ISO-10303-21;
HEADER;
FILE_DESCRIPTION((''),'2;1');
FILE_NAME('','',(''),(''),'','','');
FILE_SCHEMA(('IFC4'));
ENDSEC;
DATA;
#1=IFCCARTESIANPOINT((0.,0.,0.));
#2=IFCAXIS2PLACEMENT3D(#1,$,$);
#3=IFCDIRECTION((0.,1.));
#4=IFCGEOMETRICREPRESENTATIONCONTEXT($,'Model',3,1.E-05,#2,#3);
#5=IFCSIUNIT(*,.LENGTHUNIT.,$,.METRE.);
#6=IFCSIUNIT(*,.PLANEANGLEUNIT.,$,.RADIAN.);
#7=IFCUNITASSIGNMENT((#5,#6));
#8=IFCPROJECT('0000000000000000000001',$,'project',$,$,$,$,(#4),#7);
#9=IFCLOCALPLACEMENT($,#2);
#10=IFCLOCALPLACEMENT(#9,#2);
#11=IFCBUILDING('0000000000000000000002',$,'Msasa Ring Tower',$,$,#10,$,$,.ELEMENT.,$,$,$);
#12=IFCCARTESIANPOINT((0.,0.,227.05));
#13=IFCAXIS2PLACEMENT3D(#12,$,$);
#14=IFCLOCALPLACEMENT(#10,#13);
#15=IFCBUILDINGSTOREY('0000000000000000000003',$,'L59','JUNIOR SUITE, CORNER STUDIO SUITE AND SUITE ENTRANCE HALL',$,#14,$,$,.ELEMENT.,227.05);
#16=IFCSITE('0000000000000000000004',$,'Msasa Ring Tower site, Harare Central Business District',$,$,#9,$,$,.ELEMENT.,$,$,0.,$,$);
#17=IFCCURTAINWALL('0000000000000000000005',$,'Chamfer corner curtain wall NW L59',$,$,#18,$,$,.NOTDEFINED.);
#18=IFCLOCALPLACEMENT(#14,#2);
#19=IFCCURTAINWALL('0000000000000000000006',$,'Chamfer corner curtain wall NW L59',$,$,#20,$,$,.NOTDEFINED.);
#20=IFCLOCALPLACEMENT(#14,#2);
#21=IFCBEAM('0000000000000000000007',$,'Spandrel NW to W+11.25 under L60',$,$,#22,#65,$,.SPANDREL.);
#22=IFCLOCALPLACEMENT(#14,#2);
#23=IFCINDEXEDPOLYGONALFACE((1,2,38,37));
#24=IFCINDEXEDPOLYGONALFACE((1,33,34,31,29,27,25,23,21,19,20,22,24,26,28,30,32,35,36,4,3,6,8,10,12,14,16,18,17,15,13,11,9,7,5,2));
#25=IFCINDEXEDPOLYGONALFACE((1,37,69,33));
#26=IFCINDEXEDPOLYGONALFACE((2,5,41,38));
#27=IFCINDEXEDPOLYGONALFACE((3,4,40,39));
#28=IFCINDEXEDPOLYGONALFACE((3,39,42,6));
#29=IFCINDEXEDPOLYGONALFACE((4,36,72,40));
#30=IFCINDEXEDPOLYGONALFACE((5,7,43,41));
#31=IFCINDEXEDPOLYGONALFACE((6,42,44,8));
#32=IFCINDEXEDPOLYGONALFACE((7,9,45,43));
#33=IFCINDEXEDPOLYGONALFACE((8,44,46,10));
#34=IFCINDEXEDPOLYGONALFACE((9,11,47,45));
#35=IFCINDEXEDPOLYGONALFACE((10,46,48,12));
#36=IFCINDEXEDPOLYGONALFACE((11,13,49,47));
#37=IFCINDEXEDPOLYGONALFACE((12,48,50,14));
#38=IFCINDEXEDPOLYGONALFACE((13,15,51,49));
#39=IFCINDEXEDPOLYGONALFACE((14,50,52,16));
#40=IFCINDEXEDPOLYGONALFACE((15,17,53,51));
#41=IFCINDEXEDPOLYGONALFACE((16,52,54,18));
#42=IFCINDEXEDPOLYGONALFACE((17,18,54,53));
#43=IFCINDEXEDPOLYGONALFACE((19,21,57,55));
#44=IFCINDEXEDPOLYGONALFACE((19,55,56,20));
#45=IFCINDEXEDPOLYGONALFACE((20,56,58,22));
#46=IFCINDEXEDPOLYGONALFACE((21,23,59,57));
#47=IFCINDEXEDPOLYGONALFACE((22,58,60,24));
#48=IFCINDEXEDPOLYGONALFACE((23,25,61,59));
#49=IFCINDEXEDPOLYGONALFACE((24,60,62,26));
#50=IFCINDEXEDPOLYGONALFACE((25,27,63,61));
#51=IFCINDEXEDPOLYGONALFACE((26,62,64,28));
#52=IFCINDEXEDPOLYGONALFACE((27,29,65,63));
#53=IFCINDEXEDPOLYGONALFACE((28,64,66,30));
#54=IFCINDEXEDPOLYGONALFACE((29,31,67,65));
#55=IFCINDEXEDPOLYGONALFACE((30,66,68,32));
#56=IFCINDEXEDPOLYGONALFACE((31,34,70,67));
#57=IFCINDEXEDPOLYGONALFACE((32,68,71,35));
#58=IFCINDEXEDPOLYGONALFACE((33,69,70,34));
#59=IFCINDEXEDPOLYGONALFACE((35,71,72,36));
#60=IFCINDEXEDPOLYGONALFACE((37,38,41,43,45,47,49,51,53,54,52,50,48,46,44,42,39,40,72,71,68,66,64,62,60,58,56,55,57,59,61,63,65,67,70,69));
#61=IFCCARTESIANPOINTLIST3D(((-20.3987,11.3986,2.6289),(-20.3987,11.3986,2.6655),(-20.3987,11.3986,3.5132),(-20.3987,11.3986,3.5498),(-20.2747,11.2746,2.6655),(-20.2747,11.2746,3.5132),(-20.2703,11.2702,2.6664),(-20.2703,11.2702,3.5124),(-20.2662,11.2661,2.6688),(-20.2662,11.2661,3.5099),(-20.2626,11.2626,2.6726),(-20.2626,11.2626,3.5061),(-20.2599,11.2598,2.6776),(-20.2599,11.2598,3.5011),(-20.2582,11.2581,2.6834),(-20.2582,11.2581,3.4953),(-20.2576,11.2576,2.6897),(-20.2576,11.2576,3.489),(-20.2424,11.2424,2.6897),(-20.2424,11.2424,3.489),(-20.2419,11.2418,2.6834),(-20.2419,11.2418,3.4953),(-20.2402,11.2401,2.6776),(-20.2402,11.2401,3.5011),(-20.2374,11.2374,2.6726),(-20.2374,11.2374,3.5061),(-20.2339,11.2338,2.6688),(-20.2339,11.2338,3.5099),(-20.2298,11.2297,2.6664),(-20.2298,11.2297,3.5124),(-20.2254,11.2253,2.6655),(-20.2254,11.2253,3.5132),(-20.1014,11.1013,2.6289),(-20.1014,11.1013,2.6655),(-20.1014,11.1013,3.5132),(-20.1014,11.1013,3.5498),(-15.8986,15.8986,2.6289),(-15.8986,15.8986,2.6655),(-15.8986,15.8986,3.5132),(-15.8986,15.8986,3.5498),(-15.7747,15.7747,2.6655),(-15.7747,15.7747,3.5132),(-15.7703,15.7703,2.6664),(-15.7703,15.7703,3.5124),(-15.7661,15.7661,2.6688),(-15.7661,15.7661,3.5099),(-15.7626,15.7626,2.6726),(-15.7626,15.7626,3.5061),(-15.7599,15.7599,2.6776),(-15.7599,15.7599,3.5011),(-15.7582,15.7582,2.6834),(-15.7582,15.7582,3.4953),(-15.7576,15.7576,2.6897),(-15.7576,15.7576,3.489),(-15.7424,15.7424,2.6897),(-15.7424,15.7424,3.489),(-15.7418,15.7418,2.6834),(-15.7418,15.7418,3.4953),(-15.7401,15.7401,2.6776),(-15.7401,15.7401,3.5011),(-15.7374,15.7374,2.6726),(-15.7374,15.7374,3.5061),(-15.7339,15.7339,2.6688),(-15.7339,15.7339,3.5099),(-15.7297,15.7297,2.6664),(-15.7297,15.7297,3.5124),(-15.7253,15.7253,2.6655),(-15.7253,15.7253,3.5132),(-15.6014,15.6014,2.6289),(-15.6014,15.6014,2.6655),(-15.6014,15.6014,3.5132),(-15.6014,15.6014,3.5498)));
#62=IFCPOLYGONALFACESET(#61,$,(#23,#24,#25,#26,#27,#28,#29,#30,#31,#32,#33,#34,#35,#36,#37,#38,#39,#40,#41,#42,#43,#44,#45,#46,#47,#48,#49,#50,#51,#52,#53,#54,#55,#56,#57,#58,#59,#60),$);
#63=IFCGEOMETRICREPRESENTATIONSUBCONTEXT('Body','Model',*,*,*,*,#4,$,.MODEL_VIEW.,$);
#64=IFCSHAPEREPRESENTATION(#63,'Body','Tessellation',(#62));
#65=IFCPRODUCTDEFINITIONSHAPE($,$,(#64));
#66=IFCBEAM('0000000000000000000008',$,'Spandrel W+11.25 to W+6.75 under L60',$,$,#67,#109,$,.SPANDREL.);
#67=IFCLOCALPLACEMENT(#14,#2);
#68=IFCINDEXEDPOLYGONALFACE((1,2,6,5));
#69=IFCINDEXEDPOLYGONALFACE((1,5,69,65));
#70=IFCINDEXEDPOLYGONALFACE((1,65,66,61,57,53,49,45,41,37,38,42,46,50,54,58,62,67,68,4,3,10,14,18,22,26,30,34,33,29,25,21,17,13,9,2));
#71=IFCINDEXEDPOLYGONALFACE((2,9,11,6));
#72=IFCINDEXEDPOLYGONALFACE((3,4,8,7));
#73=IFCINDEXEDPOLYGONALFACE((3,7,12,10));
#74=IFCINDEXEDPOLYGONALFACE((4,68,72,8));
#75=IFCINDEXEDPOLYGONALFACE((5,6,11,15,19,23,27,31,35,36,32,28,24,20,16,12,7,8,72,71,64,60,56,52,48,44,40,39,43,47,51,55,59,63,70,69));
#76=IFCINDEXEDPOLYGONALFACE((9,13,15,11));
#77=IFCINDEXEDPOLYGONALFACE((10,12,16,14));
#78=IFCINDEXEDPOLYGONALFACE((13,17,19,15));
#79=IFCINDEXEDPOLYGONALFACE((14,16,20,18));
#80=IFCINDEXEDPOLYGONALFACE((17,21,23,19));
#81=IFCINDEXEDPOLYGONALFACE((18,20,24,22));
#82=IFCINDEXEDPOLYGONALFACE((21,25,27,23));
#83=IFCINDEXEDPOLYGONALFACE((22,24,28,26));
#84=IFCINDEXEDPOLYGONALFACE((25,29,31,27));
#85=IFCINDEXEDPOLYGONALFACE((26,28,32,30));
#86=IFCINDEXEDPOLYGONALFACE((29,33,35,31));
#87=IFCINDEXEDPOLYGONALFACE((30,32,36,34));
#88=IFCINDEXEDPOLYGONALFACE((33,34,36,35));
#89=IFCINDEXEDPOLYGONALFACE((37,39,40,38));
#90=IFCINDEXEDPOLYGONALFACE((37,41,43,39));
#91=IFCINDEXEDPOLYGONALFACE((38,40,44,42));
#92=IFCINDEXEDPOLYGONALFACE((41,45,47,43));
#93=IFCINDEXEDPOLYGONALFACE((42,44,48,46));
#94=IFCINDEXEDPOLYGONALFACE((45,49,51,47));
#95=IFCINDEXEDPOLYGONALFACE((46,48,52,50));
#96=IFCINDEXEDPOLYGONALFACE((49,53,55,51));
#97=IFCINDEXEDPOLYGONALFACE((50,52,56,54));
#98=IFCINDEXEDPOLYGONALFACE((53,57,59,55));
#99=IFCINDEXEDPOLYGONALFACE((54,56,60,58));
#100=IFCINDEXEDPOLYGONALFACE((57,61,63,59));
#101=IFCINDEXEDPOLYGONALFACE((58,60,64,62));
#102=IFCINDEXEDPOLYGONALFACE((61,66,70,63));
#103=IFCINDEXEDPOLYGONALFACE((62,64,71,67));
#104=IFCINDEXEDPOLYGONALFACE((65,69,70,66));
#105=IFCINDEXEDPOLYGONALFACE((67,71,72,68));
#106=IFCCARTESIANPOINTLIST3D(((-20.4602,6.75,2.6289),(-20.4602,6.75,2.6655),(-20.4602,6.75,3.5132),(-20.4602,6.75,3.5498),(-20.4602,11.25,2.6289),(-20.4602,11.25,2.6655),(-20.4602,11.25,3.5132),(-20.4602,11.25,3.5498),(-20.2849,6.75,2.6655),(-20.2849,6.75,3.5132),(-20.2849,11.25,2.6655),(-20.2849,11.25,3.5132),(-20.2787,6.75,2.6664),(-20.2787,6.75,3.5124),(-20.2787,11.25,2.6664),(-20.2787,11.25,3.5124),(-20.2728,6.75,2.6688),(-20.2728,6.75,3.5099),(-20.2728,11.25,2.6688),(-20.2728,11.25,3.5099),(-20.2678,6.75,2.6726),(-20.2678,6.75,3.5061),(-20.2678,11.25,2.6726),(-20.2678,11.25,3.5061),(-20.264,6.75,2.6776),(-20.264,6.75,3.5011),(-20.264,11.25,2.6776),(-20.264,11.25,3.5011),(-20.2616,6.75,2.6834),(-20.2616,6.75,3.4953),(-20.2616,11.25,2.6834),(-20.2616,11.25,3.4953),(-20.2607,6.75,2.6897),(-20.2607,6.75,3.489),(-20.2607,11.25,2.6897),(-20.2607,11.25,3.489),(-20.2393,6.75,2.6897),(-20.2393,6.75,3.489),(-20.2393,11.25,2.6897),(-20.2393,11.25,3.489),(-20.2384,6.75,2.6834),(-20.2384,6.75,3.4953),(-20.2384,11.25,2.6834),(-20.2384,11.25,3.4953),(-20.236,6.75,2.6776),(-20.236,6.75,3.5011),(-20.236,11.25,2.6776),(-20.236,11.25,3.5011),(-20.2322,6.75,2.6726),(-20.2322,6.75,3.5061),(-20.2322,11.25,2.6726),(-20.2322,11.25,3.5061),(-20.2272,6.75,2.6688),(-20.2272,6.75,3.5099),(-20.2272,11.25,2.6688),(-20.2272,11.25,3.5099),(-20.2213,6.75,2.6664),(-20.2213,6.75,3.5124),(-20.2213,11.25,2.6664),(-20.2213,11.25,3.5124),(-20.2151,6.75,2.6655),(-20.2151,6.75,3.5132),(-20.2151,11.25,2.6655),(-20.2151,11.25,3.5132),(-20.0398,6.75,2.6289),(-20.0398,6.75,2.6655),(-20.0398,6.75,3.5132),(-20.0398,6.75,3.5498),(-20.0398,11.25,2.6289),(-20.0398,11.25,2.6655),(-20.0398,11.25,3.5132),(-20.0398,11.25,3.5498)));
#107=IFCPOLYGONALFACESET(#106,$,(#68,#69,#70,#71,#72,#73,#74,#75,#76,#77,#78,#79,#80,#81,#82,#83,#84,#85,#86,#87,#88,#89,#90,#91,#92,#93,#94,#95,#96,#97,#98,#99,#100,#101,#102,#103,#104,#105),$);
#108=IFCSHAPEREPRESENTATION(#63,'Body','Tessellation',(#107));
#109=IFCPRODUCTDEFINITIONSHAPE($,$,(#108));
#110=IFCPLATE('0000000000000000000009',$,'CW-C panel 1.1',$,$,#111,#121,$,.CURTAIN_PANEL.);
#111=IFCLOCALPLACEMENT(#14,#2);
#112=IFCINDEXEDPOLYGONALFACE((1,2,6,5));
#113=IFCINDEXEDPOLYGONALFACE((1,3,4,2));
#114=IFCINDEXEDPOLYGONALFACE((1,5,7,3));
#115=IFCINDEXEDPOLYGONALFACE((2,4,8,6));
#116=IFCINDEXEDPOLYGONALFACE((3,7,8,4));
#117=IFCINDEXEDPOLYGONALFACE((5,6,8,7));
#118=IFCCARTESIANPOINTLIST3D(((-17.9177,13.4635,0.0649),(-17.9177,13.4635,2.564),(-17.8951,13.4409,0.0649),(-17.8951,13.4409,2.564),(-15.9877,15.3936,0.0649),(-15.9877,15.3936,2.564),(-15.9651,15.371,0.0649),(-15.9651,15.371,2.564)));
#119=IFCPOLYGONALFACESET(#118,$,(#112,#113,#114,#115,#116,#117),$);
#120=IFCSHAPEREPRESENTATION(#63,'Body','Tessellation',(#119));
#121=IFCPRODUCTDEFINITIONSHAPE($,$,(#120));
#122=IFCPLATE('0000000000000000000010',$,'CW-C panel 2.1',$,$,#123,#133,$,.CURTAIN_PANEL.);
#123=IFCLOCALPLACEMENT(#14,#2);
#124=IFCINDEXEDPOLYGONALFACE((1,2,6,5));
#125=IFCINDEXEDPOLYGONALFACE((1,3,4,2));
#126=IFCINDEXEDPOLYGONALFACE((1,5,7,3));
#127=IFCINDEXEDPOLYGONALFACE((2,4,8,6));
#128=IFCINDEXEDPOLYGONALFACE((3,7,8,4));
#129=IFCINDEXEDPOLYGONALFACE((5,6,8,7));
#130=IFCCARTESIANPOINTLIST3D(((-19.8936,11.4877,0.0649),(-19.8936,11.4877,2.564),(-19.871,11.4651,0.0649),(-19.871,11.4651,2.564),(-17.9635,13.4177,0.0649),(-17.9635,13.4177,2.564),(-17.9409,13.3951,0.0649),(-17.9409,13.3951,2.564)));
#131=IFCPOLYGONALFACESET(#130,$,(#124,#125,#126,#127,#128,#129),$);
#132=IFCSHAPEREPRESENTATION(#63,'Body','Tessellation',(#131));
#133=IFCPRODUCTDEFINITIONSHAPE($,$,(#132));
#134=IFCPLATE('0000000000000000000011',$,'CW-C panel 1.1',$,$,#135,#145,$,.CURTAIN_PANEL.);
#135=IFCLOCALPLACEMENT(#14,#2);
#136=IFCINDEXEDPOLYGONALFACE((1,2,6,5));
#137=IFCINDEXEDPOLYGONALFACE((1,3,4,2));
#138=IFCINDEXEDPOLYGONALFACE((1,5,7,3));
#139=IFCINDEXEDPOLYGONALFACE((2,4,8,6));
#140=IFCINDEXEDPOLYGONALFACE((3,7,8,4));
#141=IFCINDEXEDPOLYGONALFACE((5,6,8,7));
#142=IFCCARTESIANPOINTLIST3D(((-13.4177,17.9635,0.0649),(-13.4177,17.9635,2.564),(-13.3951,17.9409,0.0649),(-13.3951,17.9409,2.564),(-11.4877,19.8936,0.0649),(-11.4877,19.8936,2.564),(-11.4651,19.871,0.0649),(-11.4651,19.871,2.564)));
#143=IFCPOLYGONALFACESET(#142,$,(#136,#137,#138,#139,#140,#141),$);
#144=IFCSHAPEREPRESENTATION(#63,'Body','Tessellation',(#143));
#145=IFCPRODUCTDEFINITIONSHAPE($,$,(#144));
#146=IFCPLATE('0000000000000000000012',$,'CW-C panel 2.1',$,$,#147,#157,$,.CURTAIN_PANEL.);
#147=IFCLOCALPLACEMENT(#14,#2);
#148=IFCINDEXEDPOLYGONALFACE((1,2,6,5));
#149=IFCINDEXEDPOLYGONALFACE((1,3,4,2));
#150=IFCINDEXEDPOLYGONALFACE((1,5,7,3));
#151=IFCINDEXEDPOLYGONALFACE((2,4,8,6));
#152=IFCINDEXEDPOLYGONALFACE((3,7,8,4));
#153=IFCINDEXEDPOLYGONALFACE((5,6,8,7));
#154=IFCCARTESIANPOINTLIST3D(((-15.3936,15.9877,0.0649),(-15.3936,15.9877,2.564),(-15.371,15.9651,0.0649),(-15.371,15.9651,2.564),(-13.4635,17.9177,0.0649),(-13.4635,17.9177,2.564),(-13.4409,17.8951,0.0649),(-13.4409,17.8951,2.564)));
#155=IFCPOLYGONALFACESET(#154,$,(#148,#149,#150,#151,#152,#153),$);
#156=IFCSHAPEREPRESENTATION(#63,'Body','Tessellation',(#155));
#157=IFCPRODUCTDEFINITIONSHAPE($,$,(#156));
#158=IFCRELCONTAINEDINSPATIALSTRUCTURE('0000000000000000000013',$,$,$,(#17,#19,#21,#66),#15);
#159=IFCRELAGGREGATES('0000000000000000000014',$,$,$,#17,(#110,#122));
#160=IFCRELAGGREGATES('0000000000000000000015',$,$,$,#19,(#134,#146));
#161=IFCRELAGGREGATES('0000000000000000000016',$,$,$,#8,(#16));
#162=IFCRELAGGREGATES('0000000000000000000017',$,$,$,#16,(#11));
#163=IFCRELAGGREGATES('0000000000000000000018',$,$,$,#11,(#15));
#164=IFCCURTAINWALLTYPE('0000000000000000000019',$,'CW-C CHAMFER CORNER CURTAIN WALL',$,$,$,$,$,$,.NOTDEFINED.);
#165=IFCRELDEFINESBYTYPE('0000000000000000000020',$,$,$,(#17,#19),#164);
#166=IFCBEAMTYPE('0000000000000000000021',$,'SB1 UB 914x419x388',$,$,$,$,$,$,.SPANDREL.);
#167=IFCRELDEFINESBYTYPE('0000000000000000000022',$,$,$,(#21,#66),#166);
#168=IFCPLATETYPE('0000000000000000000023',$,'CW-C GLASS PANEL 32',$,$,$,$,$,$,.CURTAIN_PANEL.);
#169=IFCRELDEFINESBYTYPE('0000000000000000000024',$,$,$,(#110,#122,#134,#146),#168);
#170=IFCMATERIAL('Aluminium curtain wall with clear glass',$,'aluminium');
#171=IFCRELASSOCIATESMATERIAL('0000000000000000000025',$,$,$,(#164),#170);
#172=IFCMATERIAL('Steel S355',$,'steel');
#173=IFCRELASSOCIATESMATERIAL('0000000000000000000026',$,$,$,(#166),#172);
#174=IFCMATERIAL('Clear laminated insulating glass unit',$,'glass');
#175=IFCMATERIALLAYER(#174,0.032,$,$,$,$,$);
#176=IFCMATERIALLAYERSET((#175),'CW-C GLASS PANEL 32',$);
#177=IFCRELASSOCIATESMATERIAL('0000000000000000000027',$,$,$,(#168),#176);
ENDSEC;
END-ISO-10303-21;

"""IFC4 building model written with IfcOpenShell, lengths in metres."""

from ifc_helpers import new_model, si_unit, direction, frame, origin, origin_2d, place, context, subcontext, project, spatial, rectangle, i_section, extrude, material, layer, layer_set, material_profile, profile_set, type_object, element, aggregate, save


model = new_model("IFC4")

# Units and contexts
model_context = context("Model", 3, precision=1e-05, world=origin(), true_north=direction((0.0, 1.0)))
body_context = subcontext(model_context, "Body", "Model", "MODEL_VIEW")
ifc_project = project(units=[si_unit("LENGTHUNIT", "METRE"), si_unit("PLANEANGLEUNIT", "RADIAN")], contexts=[model_context])

# Site, building, storey
site_placement = place(None, origin())
site = spatial("IfcSite", under=ifc_project, at=site_placement, Name="Msasa Ring Tower site, Harare Central Business District", CompositionType="ELEMENT", RefElevation=0.0)
building_placement = place(site_placement, origin())
building = spatial("IfcBuilding", under=site, at=building_placement, Name="Msasa Ring Tower", CompositionType="ELEMENT")
storey_placement = place(building_placement, frame((0.0, 0.0, 227.05)))
storey = spatial("IfcBuildingStorey", under=building, at=storey_placement, Name="L59", Description="JUNIOR SUITE, CORNER STUDIO SUITE AND SUITE ENTRANCE HALL", CompositionType="ELEMENT", Elevation=227.05)

# Curtain walls
ifc_material_1 = material(Name="Aluminium curtain wall with clear glass", Category="aluminium")
curtain_wall_type = type_object("IfcCurtainWallType", Name="CW-C CHAMFER CORNER CURTAIN WALL", PredefinedType="NOTDEFINED", material=ifc_material_1)
curtain_wall_1_placement = place(storey_placement, origin())
curtain_wall_1 = element("IfcCurtainWall", 1, at=curtain_wall_1_placement, inside=storey, type_object=curtain_wall_type, Name="Chamfer corner curtain wall NW L59", PredefinedType="NOTDEFINED")
curtain_wall_2_placement = place(storey_placement, origin())
curtain_wall_2 = element("IfcCurtainWall", 2, at=curtain_wall_2_placement, inside=storey, type_object=curtain_wall_type, Name="Chamfer corner curtain wall NW L59", PredefinedType="NOTDEFINED")

# Beams
ifc_material_2 = material(Name="Steel S355", Category="steel")
ifc_material_profile_1 = material_profile(ifc_material_2, i_section(OverallWidth=0.4204, OverallDepth=0.9209, WebThickness=0.0215, FlangeThickness=0.0366, FilletRadius=0.0242, at=origin_2d()), Name="UB 914x419x388")
ifc_profile_set_1 = profile_set([ifc_material_profile_1], Name="Steel S355")
beam_type = type_object("IfcBeamType", Name="SB1 UB 914x419x388", PredefinedType="SPANDREL", material=ifc_profile_set_1)
beam_1_placement = place(storey_placement, frame((-15.75, 15.75, 3.0894), z_axis=(-0.707107, -0.707107, 0.0), x_axis=(0.707107, -0.707107, 0.0)))
element("IfcBeam", 3, at=beam_1_placement, inside=storey, type_object=beam_type, Name="Spandrel NW to W+11.25 under L60", PredefinedType="SPANDREL", context=body_context, shape_type="SweptSolid", body=[
    extrude(i_section(OverallWidth=0.4204, OverallDepth=0.9209, WebThickness=0.0215, FlangeThickness=0.0366, FilletRadius=0.0242, at=origin_2d()), origin(), (0.0, 0.0, 1.0), 6.364),
])
beam_2_placement = place(storey_placement, frame((-20.25, 11.25, 3.0894), z_axis=(0.0, -1.0, 0.0), x_axis=(1.0, 0.0, 0.0)))
element("IfcBeam", 4, at=beam_2_placement, inside=storey, type_object=beam_type, Name="Spandrel W+11.25 to W+6.75 under L60", PredefinedType="SPANDREL", context=body_context, shape_type="SweptSolid", body=[
    extrude(i_section(OverallWidth=0.4204, OverallDepth=0.9209, WebThickness=0.0215, FlangeThickness=0.0366, FilletRadius=0.0242, at=origin_2d()), origin(), (0.0, 0.0, 1.0), 4.5),
])

# Plates
ifc_material_3 = material(Name="Clear laminated insulating glass unit", Category="glass")
ifc_layer_1 = layer(ifc_material_3, 0.032)
ifc_layer_set_1 = layer_set([ifc_layer_1], Name="CW-C GLASS PANEL 32")
plate_type = type_object("IfcPlateType", Name="CW-C GLASS PANEL 32", PredefinedType="CURTAIN_PANEL", material=ifc_layer_set_1)
plate_1_placement = place(storey_placement, frame((-16.9414, 14.4172, 0.0649), z_axis=(0.0, 0.0, 1.0), x_axis=(-0.707107, -0.707107, 0.0)))
plate_1 = element("IfcPlate", 5, at=plate_1_placement, type_object=plate_type, Name="CW-C panel 1.1", PredefinedType="CURTAIN_PANEL", context=body_context, shape_type="SweptSolid", body=[
    extrude(rectangle(XDim=2.7295, YDim=0.032, at=origin_2d()), origin(), (0.0, 0.0, 1.0), 2.499),
])
plate_2_placement = place(storey_placement, frame((-18.9172, 12.4414, 0.0649), z_axis=(0.0, 0.0, 1.0), x_axis=(-0.707107, -0.707107, 0.0)))
plate_2 = element("IfcPlate", 6, at=plate_2_placement, type_object=plate_type, Name="CW-C panel 2.1", PredefinedType="CURTAIN_PANEL", context=body_context, shape_type="SweptSolid", body=[
    extrude(rectangle(XDim=2.7295, YDim=0.032, at=origin_2d()), origin(), (0.0, 0.0, 1.0), 2.499),
])
aggregate(curtain_wall_1, [plate_1, plate_2])
plate_3_placement = place(storey_placement, frame((-12.4414, 18.9172, 0.0649), z_axis=(0.0, 0.0, 1.0), x_axis=(-0.707107, -0.707107, 0.0)))
plate_3 = element("IfcPlate", 7, at=plate_3_placement, type_object=plate_type, Name="CW-C panel 1.1", PredefinedType="CURTAIN_PANEL", context=body_context, shape_type="SweptSolid", body=[
    extrude(rectangle(XDim=2.7295, YDim=0.032, at=origin_2d()), origin(), (0.0, 0.0, 1.0), 2.499),
])
plate_4_placement = place(storey_placement, frame((-14.4172, 16.9414, 0.0649), z_axis=(0.0, 0.0, 1.0), x_axis=(-0.707107, -0.707107, 0.0)))
plate_4 = element("IfcPlate", 8, at=plate_4_placement, type_object=plate_type, Name="CW-C panel 2.1", PredefinedType="CURTAIN_PANEL", context=body_context, shape_type="SweptSolid", body=[
    extrude(rectangle(XDim=2.7295, YDim=0.032, at=origin_2d()), origin(), (0.0, 0.0, 1.0), 2.499),
])
aggregate(curtain_wall_2, [plate_3, plate_4])

save(model, "model.ifc")
